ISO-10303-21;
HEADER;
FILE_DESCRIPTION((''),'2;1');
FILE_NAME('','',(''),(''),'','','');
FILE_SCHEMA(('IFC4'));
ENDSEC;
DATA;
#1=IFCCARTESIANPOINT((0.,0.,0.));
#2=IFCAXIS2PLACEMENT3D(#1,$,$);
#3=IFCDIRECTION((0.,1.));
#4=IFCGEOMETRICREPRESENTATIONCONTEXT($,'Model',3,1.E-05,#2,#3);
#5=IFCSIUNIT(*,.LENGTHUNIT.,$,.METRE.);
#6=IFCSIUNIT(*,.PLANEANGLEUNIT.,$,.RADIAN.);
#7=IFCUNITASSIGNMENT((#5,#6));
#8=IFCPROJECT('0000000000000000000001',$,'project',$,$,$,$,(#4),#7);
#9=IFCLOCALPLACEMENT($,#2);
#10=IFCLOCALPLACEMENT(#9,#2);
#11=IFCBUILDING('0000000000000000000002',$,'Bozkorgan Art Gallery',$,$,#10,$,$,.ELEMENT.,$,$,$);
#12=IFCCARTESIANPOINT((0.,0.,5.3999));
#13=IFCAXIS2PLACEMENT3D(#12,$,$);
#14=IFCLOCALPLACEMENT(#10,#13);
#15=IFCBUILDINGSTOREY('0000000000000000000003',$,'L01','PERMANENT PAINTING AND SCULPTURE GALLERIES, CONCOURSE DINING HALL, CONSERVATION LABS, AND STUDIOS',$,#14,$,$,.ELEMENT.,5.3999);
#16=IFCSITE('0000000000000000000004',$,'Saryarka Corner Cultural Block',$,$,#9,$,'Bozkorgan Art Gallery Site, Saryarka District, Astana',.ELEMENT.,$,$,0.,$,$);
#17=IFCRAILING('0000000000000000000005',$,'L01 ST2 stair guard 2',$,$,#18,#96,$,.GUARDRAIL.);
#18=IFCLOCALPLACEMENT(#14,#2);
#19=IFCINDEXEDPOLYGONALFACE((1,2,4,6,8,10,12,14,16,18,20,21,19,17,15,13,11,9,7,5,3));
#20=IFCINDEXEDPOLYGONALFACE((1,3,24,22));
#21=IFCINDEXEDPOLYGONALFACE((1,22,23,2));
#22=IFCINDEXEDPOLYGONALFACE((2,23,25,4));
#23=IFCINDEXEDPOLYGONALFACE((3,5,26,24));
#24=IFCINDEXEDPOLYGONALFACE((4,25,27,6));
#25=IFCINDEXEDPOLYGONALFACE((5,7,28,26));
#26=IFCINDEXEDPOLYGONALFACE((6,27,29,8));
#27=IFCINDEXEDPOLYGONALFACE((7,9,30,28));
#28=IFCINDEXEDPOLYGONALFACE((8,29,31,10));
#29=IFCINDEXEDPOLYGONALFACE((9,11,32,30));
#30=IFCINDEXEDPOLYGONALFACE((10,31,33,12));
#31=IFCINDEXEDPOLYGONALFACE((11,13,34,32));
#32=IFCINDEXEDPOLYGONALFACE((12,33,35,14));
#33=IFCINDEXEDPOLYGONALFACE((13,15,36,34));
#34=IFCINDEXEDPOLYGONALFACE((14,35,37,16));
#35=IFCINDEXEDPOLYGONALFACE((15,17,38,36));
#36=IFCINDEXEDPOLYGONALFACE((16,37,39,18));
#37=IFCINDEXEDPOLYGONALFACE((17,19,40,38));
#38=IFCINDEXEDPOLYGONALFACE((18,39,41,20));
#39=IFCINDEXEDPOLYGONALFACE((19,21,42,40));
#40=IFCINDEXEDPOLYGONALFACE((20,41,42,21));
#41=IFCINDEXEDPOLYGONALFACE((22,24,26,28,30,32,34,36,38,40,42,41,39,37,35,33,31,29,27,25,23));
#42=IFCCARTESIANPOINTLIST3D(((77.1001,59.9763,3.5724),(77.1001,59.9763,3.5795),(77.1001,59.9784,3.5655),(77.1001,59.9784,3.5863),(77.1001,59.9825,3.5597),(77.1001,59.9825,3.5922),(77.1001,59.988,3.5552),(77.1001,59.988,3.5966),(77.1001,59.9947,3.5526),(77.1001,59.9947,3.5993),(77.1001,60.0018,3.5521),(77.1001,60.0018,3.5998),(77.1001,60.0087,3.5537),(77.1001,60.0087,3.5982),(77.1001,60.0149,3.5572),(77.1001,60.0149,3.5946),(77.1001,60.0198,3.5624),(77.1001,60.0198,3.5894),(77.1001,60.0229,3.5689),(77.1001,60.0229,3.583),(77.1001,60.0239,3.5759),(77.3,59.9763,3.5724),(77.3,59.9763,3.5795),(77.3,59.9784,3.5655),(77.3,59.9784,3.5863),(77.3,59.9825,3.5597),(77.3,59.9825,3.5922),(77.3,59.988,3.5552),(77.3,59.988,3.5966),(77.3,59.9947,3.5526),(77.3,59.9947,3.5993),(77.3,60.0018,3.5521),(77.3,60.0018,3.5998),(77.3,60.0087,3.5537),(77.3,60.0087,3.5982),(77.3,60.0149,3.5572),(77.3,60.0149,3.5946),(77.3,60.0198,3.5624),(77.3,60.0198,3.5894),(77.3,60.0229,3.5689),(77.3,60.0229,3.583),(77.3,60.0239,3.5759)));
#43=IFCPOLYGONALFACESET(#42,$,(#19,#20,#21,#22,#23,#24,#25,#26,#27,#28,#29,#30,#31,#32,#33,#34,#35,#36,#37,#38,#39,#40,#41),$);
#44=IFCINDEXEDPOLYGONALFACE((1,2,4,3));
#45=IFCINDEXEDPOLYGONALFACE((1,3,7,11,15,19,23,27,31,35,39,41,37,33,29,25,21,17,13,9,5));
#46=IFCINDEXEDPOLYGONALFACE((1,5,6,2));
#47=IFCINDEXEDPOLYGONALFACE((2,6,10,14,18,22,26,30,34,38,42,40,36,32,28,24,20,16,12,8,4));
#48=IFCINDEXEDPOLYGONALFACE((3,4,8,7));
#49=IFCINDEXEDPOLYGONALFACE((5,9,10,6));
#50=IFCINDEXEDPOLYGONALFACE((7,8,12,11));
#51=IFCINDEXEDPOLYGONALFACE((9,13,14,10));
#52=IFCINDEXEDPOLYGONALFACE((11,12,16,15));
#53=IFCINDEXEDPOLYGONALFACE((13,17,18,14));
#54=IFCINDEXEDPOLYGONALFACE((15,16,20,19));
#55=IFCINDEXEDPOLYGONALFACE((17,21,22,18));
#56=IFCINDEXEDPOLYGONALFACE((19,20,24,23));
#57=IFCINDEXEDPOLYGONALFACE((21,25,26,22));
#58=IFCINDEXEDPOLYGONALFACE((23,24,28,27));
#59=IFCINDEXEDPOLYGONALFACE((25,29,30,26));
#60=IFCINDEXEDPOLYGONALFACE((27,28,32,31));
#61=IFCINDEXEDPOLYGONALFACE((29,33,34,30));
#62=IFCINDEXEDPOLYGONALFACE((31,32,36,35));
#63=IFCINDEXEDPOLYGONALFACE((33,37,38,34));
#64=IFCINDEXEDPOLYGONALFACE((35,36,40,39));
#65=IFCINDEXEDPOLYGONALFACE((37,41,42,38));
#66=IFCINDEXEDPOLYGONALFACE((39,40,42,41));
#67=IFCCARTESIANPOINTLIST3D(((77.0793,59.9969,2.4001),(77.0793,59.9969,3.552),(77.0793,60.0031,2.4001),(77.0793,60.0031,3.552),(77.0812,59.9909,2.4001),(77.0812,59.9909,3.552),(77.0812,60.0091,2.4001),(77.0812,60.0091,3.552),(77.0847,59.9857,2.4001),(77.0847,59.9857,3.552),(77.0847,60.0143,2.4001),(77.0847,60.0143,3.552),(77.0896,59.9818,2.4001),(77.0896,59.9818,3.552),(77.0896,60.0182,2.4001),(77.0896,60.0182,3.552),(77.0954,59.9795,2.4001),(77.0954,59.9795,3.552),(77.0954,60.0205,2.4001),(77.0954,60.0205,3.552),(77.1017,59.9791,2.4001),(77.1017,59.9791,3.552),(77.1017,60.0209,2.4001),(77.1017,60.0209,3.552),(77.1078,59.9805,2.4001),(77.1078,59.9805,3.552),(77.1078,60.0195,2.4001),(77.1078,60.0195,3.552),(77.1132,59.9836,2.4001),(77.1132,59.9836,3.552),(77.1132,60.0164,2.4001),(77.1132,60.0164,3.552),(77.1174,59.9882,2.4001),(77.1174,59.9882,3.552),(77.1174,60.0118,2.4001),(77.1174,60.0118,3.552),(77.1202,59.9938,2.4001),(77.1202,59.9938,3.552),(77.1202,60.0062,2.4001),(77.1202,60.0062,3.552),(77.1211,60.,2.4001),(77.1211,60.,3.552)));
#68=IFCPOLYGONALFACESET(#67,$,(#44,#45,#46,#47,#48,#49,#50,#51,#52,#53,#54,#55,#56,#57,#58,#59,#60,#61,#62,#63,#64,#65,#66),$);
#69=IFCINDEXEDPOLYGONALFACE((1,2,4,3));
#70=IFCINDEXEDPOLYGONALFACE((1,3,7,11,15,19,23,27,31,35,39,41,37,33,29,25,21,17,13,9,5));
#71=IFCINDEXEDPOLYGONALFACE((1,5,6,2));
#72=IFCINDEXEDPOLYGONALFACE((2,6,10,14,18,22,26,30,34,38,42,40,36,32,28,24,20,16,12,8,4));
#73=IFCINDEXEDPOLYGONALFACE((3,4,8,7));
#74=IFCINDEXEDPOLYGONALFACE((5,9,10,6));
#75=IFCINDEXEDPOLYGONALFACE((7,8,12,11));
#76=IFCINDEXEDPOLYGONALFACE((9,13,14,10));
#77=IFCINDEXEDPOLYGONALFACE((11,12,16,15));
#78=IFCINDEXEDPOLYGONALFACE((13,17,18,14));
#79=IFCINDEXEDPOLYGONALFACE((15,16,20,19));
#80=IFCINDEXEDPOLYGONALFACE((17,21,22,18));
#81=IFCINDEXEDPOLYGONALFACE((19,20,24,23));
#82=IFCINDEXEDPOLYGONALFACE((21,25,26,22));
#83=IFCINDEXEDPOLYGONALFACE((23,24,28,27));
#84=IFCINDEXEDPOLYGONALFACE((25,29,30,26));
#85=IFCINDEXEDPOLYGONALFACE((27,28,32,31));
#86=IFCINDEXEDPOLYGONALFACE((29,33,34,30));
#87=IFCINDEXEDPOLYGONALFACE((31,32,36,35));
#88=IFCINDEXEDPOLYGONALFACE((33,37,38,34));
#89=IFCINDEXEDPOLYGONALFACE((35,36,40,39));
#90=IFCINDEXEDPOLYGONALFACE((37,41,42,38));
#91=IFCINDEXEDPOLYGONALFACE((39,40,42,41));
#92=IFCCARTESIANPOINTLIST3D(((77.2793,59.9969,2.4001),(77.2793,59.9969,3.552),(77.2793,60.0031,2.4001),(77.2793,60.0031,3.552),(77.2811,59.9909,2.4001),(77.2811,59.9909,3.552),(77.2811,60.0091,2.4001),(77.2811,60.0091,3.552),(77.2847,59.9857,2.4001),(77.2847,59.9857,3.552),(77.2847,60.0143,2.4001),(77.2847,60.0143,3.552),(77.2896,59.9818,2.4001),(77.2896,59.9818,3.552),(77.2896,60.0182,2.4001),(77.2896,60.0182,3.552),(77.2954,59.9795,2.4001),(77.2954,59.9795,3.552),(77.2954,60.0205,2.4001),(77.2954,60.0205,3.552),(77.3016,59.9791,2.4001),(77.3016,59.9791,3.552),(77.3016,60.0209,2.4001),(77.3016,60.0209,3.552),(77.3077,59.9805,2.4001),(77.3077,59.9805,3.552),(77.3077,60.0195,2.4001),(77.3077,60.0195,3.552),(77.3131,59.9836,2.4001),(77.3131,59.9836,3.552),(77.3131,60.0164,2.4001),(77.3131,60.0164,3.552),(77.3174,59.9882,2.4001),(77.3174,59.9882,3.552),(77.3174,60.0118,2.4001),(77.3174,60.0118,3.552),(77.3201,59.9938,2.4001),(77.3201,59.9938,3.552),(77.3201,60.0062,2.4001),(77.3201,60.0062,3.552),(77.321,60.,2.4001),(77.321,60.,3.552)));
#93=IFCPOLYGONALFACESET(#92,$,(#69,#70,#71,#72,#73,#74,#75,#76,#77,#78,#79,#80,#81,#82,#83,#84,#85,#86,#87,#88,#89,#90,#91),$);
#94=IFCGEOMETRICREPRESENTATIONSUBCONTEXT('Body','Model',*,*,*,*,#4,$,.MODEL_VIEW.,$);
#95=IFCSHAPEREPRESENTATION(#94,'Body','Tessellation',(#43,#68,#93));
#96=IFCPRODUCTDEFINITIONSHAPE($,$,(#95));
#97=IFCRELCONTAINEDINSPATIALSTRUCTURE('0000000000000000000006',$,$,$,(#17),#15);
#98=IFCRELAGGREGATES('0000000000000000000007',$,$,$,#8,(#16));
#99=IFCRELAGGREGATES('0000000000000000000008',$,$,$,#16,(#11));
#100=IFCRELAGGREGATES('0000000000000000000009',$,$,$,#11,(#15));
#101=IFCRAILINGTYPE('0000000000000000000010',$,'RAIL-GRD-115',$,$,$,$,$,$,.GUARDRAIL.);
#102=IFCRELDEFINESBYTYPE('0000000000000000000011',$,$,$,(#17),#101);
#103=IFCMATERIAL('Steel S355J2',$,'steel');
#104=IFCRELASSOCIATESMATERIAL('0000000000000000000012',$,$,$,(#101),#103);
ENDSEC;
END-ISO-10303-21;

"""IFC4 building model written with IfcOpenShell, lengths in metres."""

from ifc_helpers import new_model, si_unit, direction, frame, origin, origin_2d, place, context, subcontext, project, spatial, circle, extrude, material, type_object, element, save


model = new_model("IFC4")

# Units and contexts
model_context = context("Model", 3, precision=1e-05, world=origin(), true_north=direction((0.0, 1.0)))
body_context = subcontext(model_context, "Body", "Model", "MODEL_VIEW")
ifc_project = project(units=[si_unit("LENGTHUNIT", "METRE"), si_unit("PLANEANGLEUNIT", "RADIAN")], contexts=[model_context])

# Site, building, storey
site_placement = place(None, origin())
site = spatial("IfcSite", under=ifc_project, at=site_placement, Name="Saryarka Corner Cultural Block", LongName="Bozkorgan Art Gallery Site, Saryarka District, Astana", CompositionType="ELEMENT", RefElevation=0.0)
building_placement = place(site_placement, origin())
building = spatial("IfcBuilding", under=site, at=building_placement, Name="Bozkorgan Art Gallery", CompositionType="ELEMENT")
storey_placement = place(building_placement, frame((0.0, 0.0, 5.3999)))
storey = spatial("IfcBuildingStorey", under=building, at=storey_placement, Name="L01", Description="PERMANENT PAINTING AND SCULPTURE GALLERIES, CONCOURSE DINING HALL, CONSERVATION LABS, AND STUDIOS", CompositionType="ELEMENT", Elevation=5.3999)

# Railing
ifc_material_1 = material(Name="Steel S355J2", Category="steel")
railing_type_1 = type_object("IfcRailingType", Name="RAIL-GRD-115", PredefinedType="GUARDRAIL", material=ifc_material_1)
railing_1_placement = place(storey_placement, frame((77.1001, 60.0, 2.4001)))
element("IfcRailing", 1, at=railing_1_placement, inside=storey, type_object=railing_type_1, Name="L01 ST2 stair guard 2", PredefinedType="GUARDRAIL", context=body_context, shape_type="SweptSolid", body=[
    extrude(circle(Radius=0.0239, at=origin_2d()), frame((0.0, 0.0, 1.1758), z_axis=(1.0, 0.0, 0.0), x_axis=(0.0, 1.0, 0.0)), (0.0, 0.0, 1.0), 0.2),
    extrude(circle(Radius=0.021, at=origin_2d()), origin(), (0.0, 0.0, 1.0), 1.1519),
    extrude(circle(Radius=0.021, at=origin_2d()), frame((0.2, 0.0, 0.0)), (0.0, 0.0, 1.0), 1.1519),
])

save(model, "model.ifc")
